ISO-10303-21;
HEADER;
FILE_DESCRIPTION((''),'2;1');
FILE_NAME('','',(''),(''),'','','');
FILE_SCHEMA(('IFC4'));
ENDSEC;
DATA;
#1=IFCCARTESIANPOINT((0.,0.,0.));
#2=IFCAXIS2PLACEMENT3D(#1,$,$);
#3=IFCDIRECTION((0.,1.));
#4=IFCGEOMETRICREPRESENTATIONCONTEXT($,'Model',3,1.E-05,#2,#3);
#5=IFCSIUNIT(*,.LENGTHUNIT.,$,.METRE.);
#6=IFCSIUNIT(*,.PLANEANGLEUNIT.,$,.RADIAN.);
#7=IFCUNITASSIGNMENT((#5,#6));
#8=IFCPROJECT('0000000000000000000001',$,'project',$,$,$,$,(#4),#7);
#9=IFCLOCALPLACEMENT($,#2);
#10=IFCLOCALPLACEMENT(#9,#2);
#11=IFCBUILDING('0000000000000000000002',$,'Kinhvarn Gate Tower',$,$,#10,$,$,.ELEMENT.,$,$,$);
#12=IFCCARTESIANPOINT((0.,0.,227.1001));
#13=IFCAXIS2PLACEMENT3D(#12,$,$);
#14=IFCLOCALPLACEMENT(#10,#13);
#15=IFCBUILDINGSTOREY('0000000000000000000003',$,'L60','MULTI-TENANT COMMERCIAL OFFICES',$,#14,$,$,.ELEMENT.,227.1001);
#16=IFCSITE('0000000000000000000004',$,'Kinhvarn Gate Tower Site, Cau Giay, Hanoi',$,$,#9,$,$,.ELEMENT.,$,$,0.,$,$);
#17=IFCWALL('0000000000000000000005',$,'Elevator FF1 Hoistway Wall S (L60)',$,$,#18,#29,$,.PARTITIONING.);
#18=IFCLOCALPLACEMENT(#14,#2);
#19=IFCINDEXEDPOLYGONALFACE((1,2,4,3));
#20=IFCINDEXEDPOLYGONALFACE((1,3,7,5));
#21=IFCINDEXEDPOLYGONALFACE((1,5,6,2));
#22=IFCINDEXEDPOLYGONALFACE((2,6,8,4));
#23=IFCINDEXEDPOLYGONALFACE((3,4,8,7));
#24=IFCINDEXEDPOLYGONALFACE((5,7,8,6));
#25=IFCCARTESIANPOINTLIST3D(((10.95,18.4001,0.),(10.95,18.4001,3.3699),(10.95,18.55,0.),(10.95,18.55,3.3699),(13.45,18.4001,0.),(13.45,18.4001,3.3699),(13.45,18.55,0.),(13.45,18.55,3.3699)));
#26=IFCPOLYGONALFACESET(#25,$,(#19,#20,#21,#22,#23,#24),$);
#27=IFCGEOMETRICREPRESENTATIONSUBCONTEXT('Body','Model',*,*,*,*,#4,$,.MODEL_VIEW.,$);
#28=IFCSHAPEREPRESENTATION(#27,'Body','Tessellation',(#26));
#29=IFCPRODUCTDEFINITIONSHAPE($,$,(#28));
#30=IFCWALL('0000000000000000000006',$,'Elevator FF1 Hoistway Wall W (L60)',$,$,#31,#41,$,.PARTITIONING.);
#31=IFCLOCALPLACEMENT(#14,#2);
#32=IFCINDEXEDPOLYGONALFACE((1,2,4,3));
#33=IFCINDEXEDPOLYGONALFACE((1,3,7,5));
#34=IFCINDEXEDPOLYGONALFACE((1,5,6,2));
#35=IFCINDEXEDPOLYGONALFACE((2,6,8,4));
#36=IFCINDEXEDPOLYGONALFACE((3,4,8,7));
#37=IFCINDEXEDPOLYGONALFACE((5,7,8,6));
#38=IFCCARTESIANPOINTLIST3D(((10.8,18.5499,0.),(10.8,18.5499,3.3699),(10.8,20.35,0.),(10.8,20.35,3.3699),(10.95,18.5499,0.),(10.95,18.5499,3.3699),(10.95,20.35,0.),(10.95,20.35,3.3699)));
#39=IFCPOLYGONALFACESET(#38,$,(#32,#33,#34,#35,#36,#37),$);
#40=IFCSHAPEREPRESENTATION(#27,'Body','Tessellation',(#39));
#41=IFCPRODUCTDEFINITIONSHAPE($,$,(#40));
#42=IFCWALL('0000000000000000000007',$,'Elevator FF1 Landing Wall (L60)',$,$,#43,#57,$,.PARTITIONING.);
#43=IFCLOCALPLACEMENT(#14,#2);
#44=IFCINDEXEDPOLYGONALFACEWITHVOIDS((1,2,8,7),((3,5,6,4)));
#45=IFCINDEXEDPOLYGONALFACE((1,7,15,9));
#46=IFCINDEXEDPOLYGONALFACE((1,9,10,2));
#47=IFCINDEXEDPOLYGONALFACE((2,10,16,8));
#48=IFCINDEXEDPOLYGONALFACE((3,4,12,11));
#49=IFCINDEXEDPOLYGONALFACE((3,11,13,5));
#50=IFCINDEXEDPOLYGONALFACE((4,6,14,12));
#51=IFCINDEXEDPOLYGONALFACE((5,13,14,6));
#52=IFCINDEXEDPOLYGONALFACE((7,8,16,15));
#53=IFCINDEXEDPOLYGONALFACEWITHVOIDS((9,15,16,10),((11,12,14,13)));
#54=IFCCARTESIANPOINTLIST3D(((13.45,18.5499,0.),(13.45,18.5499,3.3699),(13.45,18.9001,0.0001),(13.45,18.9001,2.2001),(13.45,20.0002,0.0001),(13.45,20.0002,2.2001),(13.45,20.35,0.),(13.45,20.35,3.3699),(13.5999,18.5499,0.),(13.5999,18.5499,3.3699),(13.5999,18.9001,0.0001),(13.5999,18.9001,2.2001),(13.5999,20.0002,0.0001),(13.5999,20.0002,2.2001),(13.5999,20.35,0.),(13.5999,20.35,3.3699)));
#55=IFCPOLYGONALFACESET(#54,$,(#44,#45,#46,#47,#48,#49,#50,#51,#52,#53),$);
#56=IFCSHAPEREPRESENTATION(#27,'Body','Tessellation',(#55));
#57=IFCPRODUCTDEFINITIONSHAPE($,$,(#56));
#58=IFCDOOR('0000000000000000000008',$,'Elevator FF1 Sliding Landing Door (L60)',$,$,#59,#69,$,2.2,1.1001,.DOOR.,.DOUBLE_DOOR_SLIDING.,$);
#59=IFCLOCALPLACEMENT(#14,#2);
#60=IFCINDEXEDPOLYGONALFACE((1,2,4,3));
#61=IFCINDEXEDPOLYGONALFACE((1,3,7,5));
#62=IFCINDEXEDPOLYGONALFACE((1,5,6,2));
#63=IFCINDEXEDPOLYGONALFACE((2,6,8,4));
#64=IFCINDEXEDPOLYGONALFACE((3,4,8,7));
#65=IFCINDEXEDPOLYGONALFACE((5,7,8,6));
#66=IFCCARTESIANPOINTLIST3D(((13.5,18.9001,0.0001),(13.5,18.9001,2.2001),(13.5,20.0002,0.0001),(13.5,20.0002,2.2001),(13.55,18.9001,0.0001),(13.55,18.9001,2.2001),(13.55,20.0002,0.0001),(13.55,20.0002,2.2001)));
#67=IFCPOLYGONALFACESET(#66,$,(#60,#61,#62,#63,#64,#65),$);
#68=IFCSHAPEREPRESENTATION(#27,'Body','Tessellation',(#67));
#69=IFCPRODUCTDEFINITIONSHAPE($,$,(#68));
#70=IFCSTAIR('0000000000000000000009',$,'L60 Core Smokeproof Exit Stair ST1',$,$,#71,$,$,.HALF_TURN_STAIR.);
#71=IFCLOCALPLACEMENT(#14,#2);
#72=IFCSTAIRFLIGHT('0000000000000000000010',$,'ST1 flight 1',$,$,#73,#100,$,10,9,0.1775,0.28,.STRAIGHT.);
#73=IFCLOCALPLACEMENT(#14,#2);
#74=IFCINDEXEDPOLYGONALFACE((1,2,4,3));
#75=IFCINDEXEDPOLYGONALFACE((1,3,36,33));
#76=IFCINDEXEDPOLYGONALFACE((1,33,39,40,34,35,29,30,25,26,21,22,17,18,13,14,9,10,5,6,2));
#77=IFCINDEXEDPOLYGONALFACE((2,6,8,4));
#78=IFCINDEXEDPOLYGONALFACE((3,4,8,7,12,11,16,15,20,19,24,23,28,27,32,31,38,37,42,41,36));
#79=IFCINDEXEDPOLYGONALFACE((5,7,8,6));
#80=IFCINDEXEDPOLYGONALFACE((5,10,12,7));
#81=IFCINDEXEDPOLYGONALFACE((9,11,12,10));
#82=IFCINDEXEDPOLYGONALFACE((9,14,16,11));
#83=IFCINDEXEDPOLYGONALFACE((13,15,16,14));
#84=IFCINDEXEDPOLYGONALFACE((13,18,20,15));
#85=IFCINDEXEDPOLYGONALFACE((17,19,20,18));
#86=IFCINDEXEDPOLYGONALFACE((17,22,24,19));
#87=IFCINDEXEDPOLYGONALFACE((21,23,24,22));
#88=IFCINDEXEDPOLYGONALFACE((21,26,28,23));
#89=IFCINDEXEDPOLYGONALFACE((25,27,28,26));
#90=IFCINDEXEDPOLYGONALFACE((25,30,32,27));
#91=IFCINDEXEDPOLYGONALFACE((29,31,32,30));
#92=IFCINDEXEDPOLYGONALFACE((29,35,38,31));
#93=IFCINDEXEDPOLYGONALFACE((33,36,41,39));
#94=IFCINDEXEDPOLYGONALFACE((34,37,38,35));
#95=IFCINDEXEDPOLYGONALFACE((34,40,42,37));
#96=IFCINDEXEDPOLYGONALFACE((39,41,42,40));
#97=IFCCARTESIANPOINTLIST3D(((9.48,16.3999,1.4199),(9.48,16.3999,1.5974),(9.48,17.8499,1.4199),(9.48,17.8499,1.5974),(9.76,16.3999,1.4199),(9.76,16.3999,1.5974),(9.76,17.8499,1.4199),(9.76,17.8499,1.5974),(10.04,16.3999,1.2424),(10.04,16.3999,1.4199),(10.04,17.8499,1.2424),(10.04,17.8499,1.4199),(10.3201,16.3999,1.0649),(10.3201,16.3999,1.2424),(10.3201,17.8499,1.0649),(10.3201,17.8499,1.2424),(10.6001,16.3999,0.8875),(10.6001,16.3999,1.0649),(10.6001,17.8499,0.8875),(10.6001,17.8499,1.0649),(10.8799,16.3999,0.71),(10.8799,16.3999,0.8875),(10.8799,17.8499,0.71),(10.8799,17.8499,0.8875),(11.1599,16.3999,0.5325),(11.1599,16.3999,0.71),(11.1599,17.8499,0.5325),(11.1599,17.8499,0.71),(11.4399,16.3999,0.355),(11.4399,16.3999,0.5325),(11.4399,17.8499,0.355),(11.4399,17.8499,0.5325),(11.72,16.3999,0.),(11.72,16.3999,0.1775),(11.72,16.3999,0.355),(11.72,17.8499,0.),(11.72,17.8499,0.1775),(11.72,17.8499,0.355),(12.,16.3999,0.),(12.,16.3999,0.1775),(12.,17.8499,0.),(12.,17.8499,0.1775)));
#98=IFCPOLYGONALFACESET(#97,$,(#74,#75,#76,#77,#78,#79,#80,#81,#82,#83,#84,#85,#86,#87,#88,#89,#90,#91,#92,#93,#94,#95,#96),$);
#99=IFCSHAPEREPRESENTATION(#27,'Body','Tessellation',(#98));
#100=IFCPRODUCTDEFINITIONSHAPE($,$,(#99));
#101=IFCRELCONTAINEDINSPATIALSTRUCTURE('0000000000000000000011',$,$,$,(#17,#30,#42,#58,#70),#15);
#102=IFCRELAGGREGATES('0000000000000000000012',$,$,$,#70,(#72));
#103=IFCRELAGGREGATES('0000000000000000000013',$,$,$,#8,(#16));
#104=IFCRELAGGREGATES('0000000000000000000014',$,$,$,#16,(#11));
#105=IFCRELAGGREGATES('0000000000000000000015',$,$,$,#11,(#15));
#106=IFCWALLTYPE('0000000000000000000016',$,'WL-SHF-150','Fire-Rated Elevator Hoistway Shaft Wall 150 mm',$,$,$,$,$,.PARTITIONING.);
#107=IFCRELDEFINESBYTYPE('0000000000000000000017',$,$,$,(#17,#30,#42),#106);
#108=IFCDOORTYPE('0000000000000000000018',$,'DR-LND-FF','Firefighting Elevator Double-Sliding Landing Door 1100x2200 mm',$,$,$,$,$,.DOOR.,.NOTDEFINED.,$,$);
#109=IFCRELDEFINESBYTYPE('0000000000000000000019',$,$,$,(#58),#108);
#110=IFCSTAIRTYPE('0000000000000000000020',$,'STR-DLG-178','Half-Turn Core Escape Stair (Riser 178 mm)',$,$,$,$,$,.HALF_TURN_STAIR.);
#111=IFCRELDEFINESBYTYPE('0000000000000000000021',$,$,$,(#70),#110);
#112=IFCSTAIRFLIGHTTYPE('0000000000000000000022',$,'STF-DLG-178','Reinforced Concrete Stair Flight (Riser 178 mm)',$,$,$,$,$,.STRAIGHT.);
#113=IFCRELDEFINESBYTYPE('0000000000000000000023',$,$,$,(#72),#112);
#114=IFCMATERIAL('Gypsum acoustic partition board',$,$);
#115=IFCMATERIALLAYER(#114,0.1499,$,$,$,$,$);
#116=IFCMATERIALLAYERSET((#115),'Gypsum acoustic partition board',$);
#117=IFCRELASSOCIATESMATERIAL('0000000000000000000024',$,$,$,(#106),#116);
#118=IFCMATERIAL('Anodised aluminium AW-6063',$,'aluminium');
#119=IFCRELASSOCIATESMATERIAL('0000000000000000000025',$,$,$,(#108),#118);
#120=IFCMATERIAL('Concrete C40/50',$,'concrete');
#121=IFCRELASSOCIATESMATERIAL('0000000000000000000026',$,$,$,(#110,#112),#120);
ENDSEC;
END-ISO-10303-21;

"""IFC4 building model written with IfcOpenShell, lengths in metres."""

from ifc_helpers import new_model, si_unit, direction, frame, frame_2d, origin, place, context, subcontext, project, spatial, polyline, rectangle, outline, extrude, material, layer, layer_set, type_object, element, fill, aggregate, save


model = new_model("IFC4")

# Units and contexts
model_context = context("Model", 3, precision=1e-05, world=origin(), true_north=direction((0.0, 1.0)))
body_context = subcontext(model_context, "Body", "Model", "MODEL_VIEW")
ifc_project = project(units=[si_unit("LENGTHUNIT", "METRE"), si_unit("PLANEANGLEUNIT", "RADIAN")], contexts=[model_context])

# Site, building, storey
site_placement = place(None, origin())
site = spatial("IfcSite", under=ifc_project, at=site_placement, Name="Kinhvarn Gate Tower Site, Cau Giay, Hanoi", CompositionType="ELEMENT", RefElevation=0.0)
building_placement = place(site_placement, origin())
building = spatial("IfcBuilding", under=site, at=building_placement, Name="Kinhvarn Gate Tower", CompositionType="ELEMENT")
storey_placement = place(building_placement, frame((0.0, 0.0, 227.1001)))
storey = spatial("IfcBuildingStorey", under=building, at=storey_placement, Name="L60", Description="MULTI-TENANT COMMERCIAL OFFICES", CompositionType="ELEMENT", Elevation=227.1001)

# Shared definitions
ifc_material_1 = material(Name="Anodised aluminium AW-6063", Category="aluminium")

# Shared definitions
ifc_material_2 = material(Name="Gypsum acoustic partition board")

# Walls
ifc_layer_1 = layer(ifc_material_2, 0.1499)
ifc_layer_set_1 = layer_set([ifc_layer_1], Name="Gypsum acoustic partition board")
wall_type_1 = type_object("IfcWallType", Name="WL-SHF-150", Description="Fire-Rated Elevator Hoistway Shaft Wall 150 mm", PredefinedType="PARTITIONING", material=ifc_layer_set_1)
wall_1_placement = place(storey_placement, frame((10.95, 18.4751, 0.0), z_axis=(0.0, 0.0, 1.0), x_axis=(1.0, 0.0, 0.0)))
element("IfcWall", 1, at=wall_1_placement, inside=storey, type_object=wall_type_1, Name="Elevator FF1 Hoistway Wall S (L60)", PredefinedType="PARTITIONING", context=body_context, shape_type="SweptSolid", body=[
    extrude(rectangle(XDim=2.5, YDim=0.1499, at=frame_2d((1.25, 0.0))), origin(), (0.0, 0.0, 1.0), 3.3699),
])
wall_2_placement = place(storey_placement, frame((10.875, 18.55, 0.0), z_axis=(0.0, 0.0, 1.0), x_axis=(0.0, 1.0, 0.0)))
element("IfcWall", 2, at=wall_2_placement, inside=storey, type_object=wall_type_1, Name="Elevator FF1 Hoistway Wall W (L60)", PredefinedType="PARTITIONING", context=body_context, shape_type="SweptSolid", body=[
    extrude(rectangle(XDim=1.8, YDim=0.1499, at=frame_2d((0.8999, 0.0))), origin(), (0.0, 0.0, 1.0), 3.3699),
])

# Wall, opening, door
wall_3_placement = place(storey_placement, frame((13.5249, 18.55, 0.0), z_axis=(0.0, 0.0, 1.0), x_axis=(0.0, 1.0, 0.0)))
wall_3 = element("IfcWall", 3, at=wall_3_placement, inside=storey, type_object=wall_type_1, Name="Elevator FF1 Landing Wall (L60)", PredefinedType="PARTITIONING", context=body_context, shape_type="SweptSolid", body=[
    extrude(rectangle(XDim=1.8, YDim=0.1499, at=frame_2d((0.8999, 0.0))), origin(), (0.0, 0.0, 1.0), 3.3699),
])
opening_1_placement = place(wall_3_placement, frame((0.3501, 0.0, 0.0)))
opening_1 = element("IfcOpeningElement", 4, at=opening_1_placement, cuts=wall_3, PredefinedType="OPENING", context=body_context, shape_type="SweptSolid", body=[
    extrude(rectangle(XDim=1.1001, YDim=2.2, at=frame_2d((0.55, 1.1001))), frame((0.0, 0.085, 0.0), z_axis=(0.0, -1.0, 0.0), x_axis=(1.0, 0.0, 0.0)), (0.0, 0.0, 1.0), 0.1699),
])
door_type_1 = type_object("IfcDoorType", Name="DR-LND-FF", Description="Firefighting Elevator Double-Sliding Landing Door 1100x2200 mm", OperationType="NOTDEFINED", PredefinedType="DOOR", material=ifc_material_1)
door_1_placement = place(opening_1_placement, origin())
door_1 = element("IfcDoor", 5, at=door_1_placement, inside=storey, type_object=door_type_1, Name="Elevator FF1 Sliding Landing Door (L60)", OperationType="DOUBLE_DOOR_SLIDING", OverallHeight=2.2, OverallWidth=1.1001, PredefinedType="DOOR", context=body_context, shape_type="SweptSolid", body=[
    extrude(rectangle(XDim=1.1001, YDim=2.2, at=frame_2d((0.55, 1.1001))), frame((0.0, 0.0249, 0.0), z_axis=(0.0, -1.0, 0.0), x_axis=(1.0, 0.0, 0.0)), (0.0, 0.0, 1.0), 0.05),
])
fill(opening_1, door_1)
ifc_material_3 = material(Name="Concrete C40/50", Category="concrete")

# Stair, stair flight
stair_type = type_object("IfcStairType", Name="STR-DLG-178", Description="Half-Turn Core Escape Stair (Riser 178 mm)", PredefinedType="HALF_TURN_STAIR", material=ifc_material_3)
stair_placement = place(storey_placement, origin())
stair = element("IfcStair", 6, at=stair_placement, inside=storey, type_object=stair_type, Name="L60 Core Smokeproof Exit Stair ST1", PredefinedType="HALF_TURN_STAIR")
stair_flight_type = type_object("IfcStairFlightType", Name="STF-DLG-178", Description="Reinforced Concrete Stair Flight (Riser 178 mm)", PredefinedType="STRAIGHT", material=ifc_material_3)
stair_flight_placement = place(storey_placement, frame((12.0, 17.125, 0.0), z_axis=(0.0, 0.0, 1.0), x_axis=(-1.0, 0.0, 0.0)))
stair_flight = element("IfcStairFlight", 7, at=stair_flight_placement, type_object=stair_flight_type, Name="ST1 flight 1", NumberOfRisers=10, NumberOfTreads=9, PredefinedType="STRAIGHT", RiserHeight=0.1775, TreadLength=0.28, context=body_context, shape_type="SweptSolid", body=[
    extrude(outline(polyline([(0.0, 0.0), (0.0, 0.1775), (0.28, 0.1775), (0.28, 0.355), (0.5601, 0.355), (0.5601, 0.5325), (0.8401, 0.5325), (0.8401, 0.71), (1.1201, 0.71), (1.1201, 0.8875), (1.3999, 0.8875), (1.3999, 1.0649), (1.6799, 1.0649), (1.6799, 1.2424), (1.96, 1.2424), (1.96, 1.4199), (2.24, 1.4199), (2.24, 1.5974), (2.52, 1.5974), (2.52, 1.7749), (2.52, 1.4199), (0.28, 0.0), (0.0, 0.0)])), frame((0.0, 0.7251, 0.0), z_axis=(0.0, -1.0, 0.0), x_axis=(1.0, 0.0, 0.0)), (0.0, 0.0, 1.0), 1.45),
])
aggregate(stair, [stair_flight])

save(model, "model.ifc")
